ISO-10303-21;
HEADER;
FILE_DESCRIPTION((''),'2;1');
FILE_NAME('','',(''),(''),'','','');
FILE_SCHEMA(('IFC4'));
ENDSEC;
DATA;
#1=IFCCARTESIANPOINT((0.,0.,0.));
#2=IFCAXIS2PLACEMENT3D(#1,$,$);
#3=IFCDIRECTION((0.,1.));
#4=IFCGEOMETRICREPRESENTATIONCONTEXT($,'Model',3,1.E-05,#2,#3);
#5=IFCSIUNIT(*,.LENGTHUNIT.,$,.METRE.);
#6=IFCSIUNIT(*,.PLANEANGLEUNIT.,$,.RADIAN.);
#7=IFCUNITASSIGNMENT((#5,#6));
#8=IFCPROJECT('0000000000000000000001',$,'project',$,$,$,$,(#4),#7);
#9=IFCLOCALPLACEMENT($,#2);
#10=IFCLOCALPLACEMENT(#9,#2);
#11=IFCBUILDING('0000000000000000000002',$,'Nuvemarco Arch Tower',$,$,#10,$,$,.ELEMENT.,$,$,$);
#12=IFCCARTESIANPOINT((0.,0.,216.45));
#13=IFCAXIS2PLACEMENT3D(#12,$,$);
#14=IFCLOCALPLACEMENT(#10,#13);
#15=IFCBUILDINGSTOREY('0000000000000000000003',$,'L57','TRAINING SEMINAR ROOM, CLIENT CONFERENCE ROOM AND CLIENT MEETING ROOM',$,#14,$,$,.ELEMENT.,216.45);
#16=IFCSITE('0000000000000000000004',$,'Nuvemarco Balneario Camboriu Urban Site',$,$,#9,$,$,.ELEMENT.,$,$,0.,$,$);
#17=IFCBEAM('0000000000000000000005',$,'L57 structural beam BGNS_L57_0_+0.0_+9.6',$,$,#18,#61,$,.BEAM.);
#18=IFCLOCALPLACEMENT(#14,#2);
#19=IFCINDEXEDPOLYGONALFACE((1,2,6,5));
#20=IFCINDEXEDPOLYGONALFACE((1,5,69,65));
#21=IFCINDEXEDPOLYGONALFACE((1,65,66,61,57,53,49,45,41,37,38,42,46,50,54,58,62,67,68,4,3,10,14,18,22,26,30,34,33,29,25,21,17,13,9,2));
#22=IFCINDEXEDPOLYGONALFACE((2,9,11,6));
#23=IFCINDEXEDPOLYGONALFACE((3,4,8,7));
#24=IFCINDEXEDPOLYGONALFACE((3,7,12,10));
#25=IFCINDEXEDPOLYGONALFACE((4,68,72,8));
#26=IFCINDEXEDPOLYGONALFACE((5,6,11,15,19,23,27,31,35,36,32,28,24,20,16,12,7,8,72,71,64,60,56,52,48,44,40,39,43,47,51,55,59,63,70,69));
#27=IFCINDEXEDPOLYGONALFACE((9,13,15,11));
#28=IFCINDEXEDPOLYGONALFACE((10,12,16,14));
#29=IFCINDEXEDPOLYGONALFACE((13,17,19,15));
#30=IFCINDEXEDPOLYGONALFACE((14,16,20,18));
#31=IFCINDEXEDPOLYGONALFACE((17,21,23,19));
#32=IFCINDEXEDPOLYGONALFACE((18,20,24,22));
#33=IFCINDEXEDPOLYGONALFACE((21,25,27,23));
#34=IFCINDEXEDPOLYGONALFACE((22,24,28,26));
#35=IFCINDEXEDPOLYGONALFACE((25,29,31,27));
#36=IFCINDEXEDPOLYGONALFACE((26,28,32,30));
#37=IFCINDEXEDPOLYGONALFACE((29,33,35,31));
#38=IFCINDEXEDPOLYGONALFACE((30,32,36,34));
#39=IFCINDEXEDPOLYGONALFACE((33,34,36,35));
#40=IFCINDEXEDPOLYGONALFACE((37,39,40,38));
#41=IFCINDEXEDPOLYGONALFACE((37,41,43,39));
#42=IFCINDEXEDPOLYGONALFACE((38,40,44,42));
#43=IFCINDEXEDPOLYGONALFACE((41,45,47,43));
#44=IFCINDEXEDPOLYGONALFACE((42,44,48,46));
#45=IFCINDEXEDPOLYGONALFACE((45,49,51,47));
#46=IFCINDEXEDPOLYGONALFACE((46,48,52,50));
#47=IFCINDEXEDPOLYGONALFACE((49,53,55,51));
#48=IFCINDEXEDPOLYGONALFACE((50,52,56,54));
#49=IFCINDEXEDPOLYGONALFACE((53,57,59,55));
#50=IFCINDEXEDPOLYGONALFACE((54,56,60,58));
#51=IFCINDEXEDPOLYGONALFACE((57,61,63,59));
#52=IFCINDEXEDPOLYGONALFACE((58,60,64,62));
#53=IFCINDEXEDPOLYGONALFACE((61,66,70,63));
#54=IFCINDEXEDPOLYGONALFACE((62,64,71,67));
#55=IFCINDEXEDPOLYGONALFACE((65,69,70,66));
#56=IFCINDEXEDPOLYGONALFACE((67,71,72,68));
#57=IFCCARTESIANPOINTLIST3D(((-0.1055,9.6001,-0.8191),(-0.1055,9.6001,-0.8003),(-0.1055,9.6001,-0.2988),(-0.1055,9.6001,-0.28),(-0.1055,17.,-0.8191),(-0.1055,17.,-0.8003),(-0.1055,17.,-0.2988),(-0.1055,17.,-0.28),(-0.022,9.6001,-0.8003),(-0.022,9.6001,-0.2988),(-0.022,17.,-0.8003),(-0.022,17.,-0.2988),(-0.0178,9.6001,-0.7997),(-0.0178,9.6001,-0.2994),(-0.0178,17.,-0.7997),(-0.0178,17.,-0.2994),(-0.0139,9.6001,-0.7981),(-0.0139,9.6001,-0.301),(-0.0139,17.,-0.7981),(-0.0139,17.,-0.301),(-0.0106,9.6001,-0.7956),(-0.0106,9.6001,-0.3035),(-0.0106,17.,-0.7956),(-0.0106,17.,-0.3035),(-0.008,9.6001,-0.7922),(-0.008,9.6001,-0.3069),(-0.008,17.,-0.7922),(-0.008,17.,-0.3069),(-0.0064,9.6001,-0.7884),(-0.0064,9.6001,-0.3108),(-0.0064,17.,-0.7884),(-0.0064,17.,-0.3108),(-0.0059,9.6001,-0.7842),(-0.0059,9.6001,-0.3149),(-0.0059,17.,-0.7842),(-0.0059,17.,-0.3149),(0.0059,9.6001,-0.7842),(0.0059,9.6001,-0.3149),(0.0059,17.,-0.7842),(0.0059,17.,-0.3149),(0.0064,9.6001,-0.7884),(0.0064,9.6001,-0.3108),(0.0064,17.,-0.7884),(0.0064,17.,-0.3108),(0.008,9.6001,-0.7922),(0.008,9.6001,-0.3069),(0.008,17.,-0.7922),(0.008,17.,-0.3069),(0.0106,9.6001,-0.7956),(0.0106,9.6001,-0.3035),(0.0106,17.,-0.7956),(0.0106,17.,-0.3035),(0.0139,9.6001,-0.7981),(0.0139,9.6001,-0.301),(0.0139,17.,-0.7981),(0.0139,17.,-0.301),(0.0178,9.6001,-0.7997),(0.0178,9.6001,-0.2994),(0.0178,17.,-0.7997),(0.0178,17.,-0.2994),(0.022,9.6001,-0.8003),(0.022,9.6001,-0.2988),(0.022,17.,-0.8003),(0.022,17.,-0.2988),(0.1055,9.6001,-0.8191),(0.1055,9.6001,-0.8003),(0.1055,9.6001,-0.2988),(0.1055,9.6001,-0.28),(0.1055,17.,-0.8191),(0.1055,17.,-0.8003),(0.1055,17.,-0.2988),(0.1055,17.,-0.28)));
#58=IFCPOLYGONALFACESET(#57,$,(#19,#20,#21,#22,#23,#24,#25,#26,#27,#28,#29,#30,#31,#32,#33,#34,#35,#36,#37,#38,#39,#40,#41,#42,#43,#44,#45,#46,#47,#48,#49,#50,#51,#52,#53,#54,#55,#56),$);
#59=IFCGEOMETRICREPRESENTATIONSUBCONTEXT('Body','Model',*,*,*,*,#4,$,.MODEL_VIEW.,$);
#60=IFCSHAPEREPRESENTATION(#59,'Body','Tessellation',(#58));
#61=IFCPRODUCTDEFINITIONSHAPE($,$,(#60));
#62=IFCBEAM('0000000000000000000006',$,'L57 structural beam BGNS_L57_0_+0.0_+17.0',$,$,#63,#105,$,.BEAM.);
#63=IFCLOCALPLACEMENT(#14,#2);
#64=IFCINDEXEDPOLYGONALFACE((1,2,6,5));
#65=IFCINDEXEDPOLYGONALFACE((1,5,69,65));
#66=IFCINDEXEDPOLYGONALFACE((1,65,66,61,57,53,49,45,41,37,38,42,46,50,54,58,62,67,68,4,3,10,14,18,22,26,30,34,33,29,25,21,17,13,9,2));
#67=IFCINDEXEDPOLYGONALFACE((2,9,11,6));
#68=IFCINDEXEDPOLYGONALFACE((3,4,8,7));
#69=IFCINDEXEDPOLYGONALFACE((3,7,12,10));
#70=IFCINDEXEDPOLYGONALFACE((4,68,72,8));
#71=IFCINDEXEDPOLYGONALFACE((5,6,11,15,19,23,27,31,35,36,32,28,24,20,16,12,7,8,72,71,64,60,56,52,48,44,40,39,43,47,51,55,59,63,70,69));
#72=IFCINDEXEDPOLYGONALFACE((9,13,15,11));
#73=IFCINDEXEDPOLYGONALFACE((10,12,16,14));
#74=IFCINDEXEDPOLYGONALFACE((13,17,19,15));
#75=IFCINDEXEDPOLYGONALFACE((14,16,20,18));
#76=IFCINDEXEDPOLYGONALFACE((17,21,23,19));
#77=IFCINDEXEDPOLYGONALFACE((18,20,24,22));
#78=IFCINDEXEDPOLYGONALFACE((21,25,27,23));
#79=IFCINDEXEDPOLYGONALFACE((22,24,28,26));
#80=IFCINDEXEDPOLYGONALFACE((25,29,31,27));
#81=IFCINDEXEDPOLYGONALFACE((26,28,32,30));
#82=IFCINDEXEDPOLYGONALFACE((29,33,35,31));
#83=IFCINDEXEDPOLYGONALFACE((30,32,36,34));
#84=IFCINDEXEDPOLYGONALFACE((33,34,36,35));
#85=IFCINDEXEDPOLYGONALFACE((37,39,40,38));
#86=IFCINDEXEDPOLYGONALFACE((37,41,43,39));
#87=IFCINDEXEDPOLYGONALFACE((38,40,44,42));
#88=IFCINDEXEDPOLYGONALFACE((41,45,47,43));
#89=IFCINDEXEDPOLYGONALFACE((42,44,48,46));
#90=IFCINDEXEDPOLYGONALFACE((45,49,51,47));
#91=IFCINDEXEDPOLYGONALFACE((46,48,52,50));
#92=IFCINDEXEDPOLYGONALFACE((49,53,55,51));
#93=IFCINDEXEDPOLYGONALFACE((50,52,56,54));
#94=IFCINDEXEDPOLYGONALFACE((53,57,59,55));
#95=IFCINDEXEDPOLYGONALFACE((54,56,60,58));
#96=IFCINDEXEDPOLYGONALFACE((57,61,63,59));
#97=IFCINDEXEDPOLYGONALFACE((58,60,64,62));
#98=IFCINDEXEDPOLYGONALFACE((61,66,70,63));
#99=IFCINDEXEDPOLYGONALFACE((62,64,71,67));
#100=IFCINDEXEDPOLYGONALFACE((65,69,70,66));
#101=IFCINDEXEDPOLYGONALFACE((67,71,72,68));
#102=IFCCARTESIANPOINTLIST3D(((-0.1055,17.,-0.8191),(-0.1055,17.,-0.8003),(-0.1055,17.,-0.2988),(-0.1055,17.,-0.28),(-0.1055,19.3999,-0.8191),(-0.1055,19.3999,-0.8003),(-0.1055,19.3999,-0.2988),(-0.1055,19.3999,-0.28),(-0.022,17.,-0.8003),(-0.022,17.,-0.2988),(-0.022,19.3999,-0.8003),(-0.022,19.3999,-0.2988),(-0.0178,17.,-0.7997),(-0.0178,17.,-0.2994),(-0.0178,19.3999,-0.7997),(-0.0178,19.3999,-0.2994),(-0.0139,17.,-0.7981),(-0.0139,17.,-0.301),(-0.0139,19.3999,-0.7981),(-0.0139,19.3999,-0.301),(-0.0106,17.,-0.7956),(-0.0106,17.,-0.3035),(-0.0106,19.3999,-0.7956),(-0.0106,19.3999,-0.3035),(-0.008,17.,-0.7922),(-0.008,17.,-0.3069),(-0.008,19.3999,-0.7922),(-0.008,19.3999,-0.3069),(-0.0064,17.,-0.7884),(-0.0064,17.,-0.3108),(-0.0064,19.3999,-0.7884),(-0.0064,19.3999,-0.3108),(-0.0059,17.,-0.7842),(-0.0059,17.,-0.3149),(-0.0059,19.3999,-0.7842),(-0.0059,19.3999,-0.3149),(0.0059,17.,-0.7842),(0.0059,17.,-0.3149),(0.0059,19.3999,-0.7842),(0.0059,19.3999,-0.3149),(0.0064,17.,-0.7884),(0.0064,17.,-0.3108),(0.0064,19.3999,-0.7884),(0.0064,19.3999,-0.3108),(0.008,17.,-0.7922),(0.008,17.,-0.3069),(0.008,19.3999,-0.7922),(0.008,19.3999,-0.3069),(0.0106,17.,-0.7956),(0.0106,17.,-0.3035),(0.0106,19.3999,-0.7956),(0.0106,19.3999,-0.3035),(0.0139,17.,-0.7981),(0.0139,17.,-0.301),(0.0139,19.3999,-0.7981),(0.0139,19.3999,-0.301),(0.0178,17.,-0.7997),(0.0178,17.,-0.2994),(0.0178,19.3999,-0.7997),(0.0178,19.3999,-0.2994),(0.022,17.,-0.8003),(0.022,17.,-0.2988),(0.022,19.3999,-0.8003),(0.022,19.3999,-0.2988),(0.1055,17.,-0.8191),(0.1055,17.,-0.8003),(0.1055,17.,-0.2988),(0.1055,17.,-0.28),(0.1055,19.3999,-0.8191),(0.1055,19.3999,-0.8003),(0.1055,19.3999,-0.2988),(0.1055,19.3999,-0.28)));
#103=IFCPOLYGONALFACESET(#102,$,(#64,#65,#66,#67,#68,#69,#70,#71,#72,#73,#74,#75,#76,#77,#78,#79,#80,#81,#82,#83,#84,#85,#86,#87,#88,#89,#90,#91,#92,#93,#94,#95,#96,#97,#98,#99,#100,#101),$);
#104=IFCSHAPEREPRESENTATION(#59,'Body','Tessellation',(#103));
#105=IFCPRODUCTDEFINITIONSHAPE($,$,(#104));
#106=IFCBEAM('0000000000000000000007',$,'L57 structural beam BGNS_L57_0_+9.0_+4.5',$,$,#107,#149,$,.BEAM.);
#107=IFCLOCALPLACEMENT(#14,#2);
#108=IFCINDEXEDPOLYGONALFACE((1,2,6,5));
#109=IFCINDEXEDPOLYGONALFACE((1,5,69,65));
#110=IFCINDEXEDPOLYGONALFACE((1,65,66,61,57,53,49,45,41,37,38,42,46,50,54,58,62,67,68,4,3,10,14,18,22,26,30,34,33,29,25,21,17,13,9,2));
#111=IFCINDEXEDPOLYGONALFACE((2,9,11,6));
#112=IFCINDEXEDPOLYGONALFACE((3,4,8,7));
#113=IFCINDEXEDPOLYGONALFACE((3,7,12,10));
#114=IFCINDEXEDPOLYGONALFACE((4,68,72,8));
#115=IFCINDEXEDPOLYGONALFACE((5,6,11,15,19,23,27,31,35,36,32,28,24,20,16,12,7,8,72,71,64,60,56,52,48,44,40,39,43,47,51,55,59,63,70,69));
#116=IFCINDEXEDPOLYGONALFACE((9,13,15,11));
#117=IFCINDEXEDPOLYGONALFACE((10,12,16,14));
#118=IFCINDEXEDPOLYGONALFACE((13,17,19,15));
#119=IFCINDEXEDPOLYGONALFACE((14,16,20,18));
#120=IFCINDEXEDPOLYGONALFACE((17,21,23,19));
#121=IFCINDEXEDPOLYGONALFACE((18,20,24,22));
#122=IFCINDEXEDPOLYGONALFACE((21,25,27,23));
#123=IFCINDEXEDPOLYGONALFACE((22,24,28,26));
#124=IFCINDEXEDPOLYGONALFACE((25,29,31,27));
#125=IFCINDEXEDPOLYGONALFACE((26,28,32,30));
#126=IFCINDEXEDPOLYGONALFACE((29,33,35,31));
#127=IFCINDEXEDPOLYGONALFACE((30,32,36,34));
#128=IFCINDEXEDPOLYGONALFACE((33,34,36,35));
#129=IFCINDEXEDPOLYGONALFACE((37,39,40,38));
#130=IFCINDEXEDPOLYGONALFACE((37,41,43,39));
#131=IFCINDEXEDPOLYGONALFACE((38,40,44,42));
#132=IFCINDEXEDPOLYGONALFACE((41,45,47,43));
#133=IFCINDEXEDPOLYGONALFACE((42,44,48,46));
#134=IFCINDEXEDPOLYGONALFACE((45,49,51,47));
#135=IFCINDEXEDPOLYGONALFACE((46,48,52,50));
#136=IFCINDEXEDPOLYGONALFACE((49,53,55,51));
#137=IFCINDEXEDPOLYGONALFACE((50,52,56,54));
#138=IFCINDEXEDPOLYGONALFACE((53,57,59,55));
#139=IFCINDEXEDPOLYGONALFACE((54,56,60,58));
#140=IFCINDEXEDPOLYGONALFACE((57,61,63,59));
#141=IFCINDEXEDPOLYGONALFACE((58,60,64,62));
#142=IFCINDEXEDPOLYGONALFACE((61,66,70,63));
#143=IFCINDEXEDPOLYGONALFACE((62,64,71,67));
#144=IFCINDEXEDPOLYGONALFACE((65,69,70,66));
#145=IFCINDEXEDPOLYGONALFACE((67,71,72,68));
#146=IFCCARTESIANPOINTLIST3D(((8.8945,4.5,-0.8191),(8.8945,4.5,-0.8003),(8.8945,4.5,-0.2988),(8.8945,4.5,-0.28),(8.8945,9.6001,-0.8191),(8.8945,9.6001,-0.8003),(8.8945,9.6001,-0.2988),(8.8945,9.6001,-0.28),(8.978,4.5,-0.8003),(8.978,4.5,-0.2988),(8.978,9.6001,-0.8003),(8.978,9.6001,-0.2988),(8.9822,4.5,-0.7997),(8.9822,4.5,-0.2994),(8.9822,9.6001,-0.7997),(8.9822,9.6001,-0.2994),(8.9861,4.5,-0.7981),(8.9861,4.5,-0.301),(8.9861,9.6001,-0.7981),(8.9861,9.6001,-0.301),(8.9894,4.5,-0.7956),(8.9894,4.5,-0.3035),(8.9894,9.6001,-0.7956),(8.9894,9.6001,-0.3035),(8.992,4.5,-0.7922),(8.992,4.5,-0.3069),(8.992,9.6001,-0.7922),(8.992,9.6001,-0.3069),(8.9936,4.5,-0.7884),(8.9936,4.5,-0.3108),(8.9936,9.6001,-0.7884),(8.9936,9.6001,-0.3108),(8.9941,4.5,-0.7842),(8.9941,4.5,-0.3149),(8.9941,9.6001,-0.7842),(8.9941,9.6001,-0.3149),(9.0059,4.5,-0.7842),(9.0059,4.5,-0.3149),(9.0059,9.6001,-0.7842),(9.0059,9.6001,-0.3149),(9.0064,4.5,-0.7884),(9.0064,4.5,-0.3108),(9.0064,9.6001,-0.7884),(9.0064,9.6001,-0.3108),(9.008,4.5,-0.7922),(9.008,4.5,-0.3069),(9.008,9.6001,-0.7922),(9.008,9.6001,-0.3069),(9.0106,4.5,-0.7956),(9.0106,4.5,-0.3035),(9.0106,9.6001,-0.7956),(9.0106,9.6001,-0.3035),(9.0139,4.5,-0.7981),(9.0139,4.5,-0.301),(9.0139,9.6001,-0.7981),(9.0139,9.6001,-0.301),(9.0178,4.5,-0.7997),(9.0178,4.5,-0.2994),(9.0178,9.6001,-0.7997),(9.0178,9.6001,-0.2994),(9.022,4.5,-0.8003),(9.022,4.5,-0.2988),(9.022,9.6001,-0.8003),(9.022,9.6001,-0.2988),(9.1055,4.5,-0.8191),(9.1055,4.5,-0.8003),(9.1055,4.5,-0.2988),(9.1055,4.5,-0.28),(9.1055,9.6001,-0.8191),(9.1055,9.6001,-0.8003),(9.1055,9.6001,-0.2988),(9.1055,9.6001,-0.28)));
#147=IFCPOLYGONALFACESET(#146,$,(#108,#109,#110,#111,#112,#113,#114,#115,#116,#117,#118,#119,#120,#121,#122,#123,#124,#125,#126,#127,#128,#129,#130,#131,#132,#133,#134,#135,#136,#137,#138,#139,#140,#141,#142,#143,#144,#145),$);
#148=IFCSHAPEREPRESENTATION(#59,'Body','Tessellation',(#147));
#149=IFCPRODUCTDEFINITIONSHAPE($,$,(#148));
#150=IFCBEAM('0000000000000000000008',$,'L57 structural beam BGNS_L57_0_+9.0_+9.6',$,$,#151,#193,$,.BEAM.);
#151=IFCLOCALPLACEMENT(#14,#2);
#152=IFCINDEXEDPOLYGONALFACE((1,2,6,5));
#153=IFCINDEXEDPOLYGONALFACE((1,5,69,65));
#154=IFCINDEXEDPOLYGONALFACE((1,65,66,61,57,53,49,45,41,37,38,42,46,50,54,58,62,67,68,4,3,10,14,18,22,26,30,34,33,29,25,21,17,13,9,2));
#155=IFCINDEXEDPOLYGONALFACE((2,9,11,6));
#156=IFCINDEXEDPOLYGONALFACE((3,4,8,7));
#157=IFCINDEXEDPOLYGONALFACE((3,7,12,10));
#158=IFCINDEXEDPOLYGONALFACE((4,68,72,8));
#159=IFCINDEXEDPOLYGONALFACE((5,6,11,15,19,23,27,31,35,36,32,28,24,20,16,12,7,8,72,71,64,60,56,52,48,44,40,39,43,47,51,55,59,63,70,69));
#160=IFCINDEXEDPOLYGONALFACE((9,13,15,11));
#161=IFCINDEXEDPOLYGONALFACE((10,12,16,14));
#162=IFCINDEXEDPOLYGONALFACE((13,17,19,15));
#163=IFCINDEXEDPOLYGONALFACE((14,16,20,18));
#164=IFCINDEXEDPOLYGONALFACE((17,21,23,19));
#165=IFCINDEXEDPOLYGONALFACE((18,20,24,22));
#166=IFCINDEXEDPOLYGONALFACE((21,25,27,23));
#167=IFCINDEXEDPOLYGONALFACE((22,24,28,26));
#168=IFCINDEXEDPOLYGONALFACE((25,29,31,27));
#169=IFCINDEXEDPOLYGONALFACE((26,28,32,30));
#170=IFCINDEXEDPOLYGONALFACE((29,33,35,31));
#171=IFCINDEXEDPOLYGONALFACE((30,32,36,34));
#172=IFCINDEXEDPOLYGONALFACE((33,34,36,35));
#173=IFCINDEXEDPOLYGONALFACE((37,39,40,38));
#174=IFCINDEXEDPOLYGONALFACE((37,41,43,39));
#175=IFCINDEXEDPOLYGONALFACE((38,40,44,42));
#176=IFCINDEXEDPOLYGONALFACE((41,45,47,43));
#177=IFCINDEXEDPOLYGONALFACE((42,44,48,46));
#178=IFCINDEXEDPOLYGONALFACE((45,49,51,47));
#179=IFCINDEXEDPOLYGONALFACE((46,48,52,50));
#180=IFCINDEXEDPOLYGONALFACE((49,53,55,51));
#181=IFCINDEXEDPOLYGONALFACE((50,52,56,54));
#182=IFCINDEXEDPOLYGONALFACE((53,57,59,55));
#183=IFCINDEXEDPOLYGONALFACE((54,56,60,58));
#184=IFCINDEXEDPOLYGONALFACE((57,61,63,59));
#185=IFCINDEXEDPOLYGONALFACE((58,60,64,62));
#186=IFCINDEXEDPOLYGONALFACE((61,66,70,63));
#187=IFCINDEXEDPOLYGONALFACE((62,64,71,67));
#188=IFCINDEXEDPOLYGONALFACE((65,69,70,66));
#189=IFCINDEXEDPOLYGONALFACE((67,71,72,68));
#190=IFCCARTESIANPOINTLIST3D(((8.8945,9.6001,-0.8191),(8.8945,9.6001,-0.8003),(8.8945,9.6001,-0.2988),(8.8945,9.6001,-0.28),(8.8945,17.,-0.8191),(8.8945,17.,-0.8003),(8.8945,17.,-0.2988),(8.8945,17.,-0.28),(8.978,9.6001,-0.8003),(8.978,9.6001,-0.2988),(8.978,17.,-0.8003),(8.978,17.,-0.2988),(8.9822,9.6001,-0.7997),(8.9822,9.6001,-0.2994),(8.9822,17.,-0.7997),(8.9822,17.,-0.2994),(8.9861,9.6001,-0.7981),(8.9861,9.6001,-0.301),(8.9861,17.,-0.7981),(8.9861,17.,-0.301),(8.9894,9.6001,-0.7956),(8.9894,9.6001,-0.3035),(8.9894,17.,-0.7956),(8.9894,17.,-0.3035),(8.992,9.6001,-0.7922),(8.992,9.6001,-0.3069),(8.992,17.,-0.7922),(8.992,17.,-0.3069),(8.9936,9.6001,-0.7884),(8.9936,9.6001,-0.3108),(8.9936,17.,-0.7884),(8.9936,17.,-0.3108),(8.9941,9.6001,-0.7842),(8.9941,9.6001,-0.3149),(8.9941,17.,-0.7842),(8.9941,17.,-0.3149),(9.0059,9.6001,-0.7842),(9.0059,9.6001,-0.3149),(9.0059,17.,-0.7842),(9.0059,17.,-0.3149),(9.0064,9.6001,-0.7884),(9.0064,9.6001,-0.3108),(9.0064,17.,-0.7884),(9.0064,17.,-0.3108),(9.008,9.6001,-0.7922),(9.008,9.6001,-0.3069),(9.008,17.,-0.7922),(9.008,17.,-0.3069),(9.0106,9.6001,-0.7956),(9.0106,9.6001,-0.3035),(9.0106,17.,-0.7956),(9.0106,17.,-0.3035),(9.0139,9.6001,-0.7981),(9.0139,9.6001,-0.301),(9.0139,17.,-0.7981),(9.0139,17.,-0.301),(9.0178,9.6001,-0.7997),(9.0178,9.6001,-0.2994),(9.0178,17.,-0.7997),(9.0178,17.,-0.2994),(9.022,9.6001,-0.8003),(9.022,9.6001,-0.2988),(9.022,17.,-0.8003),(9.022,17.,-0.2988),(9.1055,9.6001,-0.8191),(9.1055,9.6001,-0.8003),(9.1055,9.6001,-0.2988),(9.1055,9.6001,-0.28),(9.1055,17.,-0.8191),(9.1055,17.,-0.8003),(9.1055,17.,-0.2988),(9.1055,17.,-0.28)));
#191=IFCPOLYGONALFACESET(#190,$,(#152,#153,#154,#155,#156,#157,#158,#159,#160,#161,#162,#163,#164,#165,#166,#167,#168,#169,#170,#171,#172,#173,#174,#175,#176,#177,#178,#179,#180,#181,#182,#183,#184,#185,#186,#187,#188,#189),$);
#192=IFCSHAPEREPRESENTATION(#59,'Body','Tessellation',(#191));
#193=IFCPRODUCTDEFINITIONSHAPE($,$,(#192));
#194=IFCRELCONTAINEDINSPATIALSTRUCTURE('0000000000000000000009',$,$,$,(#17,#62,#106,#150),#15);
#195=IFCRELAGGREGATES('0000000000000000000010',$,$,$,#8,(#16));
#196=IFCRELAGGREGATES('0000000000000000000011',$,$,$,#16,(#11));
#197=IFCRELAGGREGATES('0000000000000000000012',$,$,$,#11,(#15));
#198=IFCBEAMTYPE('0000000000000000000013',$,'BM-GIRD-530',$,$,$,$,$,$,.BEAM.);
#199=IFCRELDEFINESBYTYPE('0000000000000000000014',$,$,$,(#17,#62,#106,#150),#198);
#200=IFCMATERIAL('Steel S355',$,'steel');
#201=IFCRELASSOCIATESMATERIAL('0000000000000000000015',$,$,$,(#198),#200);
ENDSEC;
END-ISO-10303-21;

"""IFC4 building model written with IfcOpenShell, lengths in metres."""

from ifc_helpers import new_model, si_unit, direction, frame, origin, origin_2d, place, context, subcontext, project, spatial, i_section, extrude, material, material_profile, profile_set, type_object, element, save


model = new_model("IFC4")

# Units and contexts
model_context = context("Model", 3, precision=1e-05, world=origin(), true_north=direction((0.0, 1.0)))
body_context = subcontext(model_context, "Body", "Model", "MODEL_VIEW")
ifc_project = project(units=[si_unit("LENGTHUNIT", "METRE"), si_unit("PLANEANGLEUNIT", "RADIAN")], contexts=[model_context])

# Site, building, storey
site_placement = place(None, origin())
site = spatial("IfcSite", under=ifc_project, at=site_placement, Name="Nuvemarco Balneario Camboriu Urban Site", CompositionType="ELEMENT", RefElevation=0.0)
building_placement = place(site_placement, origin())
building = spatial("IfcBuilding", under=site, at=building_placement, Name="Nuvemarco Arch Tower", CompositionType="ELEMENT")
storey_placement = place(building_placement, frame((0.0, 0.0, 216.45)))
storey = spatial("IfcBuildingStorey", under=building, at=storey_placement, Name="L57", Description="TRAINING SEMINAR ROOM, CLIENT CONFERENCE ROOM AND CLIENT MEETING ROOM", CompositionType="ELEMENT", Elevation=216.45)

# Shared definitions
ifc_material_1 = material(Name="Steel S355", Category="steel")

# Beams
ifc_material_profile_1 = material_profile(ifc_material_1, i_section(OverallWidth=0.2109, OverallDepth=0.5391, WebThickness=0.0117, FlangeThickness=0.0188, FilletRadius=0.0161, at=origin_2d()), Name="W530x109")
ifc_profile_set_1 = profile_set([ifc_material_profile_1], Name="Steel S355")
beam_type_1 = type_object("IfcBeamType", Name="BM-GIRD-530", PredefinedType="BEAM", material=ifc_profile_set_1)
beam_1_placement = place(storey_placement, frame((0.0, 9.6001, -0.5496), z_axis=(0.0, 1.0, 0.0), x_axis=(-1.0, 0.0, 0.0)))
element("IfcBeam", 1, at=beam_1_placement, inside=storey, type_object=beam_type_1, Name="L57 structural beam BGNS_L57_0_+0.0_+9.6", PredefinedType="BEAM", context=body_context, shape_type="SweptSolid", body=[
    extrude(i_section(OverallWidth=0.2109, OverallDepth=0.5391, WebThickness=0.0117, FlangeThickness=0.0188, FilletRadius=0.0161, at=origin_2d()), origin(), (0.0, 0.0, 1.0), 7.3999),
])
beam_2_placement = place(storey_placement, frame((0.0, 17.0, -0.5496), z_axis=(0.0, 1.0, 0.0), x_axis=(-1.0, 0.0, 0.0)))
element("IfcBeam", 2, at=beam_2_placement, inside=storey, type_object=beam_type_1, Name="L57 structural beam BGNS_L57_0_+0.0_+17.0", PredefinedType="BEAM", context=body_context, shape_type="SweptSolid", body=[
    extrude(i_section(OverallWidth=0.2109, OverallDepth=0.5391, WebThickness=0.0117, FlangeThickness=0.0188, FilletRadius=0.0161, at=origin_2d()), origin(), (0.0, 0.0, 1.0), 2.3999),
])
beam_3_placement = place(storey_placement, frame((9.0, 4.5, -0.5496), z_axis=(0.0, 1.0, 0.0), x_axis=(-1.0, 0.0, 0.0)))
element("IfcBeam", 3, at=beam_3_placement, inside=storey, type_object=beam_type_1, Name="L57 structural beam BGNS_L57_0_+9.0_+4.5", PredefinedType="BEAM", context=body_context, shape_type="SweptSolid", body=[
    extrude(i_section(OverallWidth=0.2109, OverallDepth=0.5391, WebThickness=0.0117, FlangeThickness=0.0188, FilletRadius=0.0161, at=origin_2d()), origin(), (0.0, 0.0, 1.0), 5.1001),
])
beam_4_placement = place(storey_placement, frame((9.0, 9.6001, -0.5496), z_axis=(0.0, 1.0, 0.0), x_axis=(-1.0, 0.0, 0.0)))
element("IfcBeam", 4, at=beam_4_placement, inside=storey, type_object=beam_type_1, Name="L57 structural beam BGNS_L57_0_+9.0_+9.6", PredefinedType="BEAM", context=body_context, shape_type="SweptSolid", body=[
    extrude(i_section(OverallWidth=0.2109, OverallDepth=0.5391, WebThickness=0.0117, FlangeThickness=0.0188, FilletRadius=0.0161, at=origin_2d()), origin(), (0.0, 0.0, 1.0), 7.3999),
])

save(model, "model.ifc")
